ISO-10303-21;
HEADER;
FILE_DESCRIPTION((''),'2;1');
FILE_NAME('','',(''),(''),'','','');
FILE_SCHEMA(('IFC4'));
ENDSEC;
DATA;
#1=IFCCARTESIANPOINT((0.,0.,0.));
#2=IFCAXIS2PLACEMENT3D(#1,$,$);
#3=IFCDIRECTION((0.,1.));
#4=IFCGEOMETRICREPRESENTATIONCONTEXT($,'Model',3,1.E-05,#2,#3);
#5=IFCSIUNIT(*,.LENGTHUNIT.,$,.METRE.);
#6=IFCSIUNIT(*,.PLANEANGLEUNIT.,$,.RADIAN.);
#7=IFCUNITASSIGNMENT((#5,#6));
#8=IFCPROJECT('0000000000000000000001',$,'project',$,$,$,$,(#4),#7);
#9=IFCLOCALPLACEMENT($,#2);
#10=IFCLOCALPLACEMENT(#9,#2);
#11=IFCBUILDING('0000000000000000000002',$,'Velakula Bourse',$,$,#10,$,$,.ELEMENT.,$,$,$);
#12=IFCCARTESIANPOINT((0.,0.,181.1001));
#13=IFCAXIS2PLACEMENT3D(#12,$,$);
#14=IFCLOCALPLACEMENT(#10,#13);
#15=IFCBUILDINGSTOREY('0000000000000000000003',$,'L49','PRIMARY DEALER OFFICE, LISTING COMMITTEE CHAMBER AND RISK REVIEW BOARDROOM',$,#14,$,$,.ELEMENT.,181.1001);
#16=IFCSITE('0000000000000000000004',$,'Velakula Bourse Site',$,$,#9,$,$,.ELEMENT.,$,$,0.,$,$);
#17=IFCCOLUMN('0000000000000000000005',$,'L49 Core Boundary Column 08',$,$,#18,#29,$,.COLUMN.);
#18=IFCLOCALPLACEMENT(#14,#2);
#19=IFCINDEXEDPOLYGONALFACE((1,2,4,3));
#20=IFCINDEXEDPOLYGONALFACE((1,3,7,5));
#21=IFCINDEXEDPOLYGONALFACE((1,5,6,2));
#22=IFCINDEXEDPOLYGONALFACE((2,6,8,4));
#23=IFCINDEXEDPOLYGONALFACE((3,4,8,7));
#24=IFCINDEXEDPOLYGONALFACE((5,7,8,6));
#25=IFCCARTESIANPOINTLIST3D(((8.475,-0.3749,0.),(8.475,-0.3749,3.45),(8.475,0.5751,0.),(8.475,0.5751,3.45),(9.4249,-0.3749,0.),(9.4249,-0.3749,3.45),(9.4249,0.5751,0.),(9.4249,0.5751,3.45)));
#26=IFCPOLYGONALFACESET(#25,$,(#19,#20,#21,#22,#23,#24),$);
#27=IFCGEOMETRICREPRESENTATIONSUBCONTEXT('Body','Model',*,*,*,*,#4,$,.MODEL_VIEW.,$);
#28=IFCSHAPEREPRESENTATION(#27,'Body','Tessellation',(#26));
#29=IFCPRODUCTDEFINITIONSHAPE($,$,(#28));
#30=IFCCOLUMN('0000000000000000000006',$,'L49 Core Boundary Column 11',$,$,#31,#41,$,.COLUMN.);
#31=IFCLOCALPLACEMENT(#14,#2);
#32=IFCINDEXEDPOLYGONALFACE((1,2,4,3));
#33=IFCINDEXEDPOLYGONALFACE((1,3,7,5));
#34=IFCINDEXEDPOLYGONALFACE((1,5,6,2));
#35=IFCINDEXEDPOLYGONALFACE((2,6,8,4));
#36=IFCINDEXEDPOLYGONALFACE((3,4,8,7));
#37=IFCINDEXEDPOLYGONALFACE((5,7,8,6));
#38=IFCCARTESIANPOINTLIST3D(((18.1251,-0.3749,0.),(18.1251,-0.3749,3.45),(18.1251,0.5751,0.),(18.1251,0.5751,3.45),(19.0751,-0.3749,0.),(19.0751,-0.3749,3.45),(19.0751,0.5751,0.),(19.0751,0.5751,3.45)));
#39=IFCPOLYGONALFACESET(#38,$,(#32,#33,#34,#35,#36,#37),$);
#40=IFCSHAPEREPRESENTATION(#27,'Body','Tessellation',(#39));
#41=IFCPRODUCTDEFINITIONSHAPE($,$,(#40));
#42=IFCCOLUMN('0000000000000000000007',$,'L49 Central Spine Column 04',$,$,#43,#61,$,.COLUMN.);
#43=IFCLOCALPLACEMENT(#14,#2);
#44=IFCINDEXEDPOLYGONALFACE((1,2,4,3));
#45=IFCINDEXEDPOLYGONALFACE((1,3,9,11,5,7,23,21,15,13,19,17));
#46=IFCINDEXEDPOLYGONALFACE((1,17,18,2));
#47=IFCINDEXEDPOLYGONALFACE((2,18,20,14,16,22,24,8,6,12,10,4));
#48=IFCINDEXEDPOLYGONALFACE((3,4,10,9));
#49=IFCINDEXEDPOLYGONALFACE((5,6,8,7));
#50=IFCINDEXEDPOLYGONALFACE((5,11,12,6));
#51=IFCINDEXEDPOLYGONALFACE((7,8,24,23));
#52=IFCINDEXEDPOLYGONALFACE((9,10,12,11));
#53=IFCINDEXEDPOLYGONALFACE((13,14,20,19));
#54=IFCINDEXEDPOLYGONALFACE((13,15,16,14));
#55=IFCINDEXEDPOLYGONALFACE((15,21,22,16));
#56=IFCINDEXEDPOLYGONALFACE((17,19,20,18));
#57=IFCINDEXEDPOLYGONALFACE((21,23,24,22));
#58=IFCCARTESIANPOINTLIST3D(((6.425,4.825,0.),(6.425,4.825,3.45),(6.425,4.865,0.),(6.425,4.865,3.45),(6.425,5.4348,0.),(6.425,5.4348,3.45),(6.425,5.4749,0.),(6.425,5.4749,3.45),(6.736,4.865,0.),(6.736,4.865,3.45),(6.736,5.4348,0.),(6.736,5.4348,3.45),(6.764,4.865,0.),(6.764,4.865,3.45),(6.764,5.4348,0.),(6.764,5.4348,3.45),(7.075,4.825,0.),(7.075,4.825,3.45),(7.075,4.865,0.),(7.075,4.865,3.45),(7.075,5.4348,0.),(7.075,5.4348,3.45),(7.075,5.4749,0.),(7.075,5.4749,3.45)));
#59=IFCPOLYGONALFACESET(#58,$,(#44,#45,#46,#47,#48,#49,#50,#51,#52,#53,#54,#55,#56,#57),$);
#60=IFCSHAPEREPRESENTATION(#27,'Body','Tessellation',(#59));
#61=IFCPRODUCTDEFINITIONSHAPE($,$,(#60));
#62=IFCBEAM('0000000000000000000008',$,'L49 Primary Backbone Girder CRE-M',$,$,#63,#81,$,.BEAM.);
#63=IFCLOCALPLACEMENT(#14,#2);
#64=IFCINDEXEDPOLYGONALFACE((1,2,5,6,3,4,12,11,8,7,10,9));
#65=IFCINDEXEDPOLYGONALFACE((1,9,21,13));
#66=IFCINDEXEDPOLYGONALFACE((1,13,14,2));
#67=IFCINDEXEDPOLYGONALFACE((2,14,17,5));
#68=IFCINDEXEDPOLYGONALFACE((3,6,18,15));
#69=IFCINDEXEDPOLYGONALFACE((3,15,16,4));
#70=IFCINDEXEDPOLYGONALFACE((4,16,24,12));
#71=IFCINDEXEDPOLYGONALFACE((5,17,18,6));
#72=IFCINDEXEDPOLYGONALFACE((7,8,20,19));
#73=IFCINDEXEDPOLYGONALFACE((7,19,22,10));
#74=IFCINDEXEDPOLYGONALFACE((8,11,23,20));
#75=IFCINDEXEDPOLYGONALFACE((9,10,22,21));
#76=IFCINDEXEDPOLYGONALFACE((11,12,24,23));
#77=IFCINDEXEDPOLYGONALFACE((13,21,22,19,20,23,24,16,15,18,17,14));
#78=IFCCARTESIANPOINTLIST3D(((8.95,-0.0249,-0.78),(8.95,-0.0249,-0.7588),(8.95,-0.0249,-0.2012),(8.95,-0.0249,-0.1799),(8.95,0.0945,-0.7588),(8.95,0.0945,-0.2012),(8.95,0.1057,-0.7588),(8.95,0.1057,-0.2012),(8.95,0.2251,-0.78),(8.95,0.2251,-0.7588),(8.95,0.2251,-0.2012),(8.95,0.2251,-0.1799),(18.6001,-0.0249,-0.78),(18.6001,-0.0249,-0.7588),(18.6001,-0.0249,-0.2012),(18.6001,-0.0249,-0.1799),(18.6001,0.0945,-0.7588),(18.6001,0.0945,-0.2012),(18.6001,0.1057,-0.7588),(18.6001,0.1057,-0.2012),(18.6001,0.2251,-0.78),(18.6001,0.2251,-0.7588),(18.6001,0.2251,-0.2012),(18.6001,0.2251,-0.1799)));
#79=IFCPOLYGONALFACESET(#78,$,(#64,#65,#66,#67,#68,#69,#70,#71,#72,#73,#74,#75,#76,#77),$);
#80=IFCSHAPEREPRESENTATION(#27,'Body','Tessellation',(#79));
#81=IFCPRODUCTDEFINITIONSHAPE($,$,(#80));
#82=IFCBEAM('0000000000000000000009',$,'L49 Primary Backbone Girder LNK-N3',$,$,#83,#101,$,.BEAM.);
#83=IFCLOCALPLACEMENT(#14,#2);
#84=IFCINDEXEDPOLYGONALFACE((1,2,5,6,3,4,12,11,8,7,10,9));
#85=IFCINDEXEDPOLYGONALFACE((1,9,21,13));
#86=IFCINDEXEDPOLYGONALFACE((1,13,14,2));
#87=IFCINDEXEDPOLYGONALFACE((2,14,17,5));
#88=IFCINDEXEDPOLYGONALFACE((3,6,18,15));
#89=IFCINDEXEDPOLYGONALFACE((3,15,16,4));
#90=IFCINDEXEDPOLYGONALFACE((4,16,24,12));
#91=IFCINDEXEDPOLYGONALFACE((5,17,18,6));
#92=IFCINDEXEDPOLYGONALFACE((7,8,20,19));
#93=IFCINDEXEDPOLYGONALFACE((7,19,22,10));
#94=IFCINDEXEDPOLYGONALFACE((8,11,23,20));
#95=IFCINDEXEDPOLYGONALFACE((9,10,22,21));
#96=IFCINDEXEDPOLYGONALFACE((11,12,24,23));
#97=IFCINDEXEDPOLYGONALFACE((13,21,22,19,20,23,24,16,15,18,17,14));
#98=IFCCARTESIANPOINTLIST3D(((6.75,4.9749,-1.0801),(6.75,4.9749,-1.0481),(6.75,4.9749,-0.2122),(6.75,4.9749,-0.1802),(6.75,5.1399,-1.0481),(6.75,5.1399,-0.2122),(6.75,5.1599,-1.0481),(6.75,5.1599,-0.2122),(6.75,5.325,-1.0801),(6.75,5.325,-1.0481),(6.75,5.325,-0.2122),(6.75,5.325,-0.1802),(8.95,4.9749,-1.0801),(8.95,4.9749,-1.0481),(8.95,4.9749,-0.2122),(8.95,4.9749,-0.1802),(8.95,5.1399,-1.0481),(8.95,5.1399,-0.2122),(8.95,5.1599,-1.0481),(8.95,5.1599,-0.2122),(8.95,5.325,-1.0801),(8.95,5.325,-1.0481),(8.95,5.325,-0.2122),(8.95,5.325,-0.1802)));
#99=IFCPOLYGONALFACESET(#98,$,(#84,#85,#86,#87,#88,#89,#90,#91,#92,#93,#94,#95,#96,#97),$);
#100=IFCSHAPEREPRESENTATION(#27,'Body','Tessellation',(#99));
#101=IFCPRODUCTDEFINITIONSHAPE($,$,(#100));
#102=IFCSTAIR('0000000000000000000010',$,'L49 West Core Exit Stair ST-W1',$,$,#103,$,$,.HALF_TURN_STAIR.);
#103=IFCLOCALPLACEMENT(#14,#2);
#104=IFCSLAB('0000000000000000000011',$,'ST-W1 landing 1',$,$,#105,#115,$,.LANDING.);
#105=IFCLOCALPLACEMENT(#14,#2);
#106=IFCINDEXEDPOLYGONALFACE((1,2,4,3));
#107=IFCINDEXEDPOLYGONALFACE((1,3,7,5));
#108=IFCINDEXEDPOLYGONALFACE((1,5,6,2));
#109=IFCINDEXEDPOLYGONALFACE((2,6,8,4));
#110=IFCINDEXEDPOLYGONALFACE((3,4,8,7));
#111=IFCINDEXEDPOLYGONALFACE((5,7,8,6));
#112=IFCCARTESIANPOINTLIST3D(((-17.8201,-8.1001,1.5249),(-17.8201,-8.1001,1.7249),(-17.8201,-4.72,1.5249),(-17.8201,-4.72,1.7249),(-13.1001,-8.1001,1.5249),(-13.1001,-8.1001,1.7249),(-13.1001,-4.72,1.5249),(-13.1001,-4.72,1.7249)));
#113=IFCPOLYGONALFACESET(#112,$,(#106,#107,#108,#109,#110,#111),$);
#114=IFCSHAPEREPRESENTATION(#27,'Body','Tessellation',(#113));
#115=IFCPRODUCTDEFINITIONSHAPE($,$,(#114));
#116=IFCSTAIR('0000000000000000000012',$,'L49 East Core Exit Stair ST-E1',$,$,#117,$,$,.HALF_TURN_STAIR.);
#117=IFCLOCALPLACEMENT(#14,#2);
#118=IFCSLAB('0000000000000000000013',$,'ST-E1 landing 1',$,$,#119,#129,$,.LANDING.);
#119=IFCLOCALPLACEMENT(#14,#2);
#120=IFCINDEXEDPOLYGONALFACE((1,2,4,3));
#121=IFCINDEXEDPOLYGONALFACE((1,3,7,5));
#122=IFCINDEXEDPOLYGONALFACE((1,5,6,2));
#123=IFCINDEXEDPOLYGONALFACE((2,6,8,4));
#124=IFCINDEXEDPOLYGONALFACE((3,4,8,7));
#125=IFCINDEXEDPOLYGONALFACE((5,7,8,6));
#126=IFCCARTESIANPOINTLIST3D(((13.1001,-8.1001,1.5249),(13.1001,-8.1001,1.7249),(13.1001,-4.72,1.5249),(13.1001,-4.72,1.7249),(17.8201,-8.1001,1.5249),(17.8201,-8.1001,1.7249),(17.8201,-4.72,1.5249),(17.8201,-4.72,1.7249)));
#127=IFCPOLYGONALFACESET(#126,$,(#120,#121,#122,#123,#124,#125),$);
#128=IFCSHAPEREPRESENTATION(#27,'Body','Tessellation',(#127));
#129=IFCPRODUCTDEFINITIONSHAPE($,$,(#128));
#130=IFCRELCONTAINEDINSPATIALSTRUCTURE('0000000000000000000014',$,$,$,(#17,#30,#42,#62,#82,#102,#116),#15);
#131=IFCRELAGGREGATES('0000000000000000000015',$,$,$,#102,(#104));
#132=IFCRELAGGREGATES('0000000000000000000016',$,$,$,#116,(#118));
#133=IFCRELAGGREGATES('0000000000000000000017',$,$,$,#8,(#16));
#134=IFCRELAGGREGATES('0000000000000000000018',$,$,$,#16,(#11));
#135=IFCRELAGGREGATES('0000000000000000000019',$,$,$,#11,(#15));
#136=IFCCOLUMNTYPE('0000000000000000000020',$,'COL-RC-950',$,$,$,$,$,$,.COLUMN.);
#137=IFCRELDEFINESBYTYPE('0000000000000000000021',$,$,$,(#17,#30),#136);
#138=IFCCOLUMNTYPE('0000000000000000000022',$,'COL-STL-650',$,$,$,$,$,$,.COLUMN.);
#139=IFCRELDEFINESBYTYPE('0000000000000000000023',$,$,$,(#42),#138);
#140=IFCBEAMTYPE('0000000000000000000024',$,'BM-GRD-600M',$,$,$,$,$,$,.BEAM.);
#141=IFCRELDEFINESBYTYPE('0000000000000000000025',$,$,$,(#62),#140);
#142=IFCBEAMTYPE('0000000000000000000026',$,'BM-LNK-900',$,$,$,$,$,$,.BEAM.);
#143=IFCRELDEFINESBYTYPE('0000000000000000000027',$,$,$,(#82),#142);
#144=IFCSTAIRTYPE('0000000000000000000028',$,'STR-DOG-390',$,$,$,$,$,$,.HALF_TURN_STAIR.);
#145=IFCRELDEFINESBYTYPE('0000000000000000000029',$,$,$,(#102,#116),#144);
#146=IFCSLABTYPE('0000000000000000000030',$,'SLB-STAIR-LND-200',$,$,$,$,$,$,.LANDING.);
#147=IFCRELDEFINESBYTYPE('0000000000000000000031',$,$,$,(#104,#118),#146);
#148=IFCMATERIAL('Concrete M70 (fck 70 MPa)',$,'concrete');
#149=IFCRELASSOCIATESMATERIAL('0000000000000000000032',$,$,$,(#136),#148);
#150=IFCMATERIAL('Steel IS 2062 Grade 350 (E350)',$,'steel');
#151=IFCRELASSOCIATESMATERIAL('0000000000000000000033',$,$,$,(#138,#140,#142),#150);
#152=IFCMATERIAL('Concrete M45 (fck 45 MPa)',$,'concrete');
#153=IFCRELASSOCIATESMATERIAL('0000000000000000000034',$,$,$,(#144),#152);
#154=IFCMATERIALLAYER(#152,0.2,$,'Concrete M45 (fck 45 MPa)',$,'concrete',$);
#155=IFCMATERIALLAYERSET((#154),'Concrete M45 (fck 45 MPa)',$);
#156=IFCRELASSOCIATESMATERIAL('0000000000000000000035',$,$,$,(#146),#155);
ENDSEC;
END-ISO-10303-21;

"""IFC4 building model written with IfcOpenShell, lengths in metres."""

from ifc_helpers import new_model, si_unit, direction, frame, origin, origin_2d, place, context, subcontext, project, spatial, polyline, rectangle, i_section, outline, extrude, material, layer, layer_set, material_profile, profile_set, type_object, element, aggregate, save


model = new_model("IFC4")

# Units and contexts
model_context = context("Model", 3, precision=1e-05, world=origin(), true_north=direction((0.0, 1.0)))
body_context = subcontext(model_context, "Body", "Model", "MODEL_VIEW")
ifc_project = project(units=[si_unit("LENGTHUNIT", "METRE"), si_unit("PLANEANGLEUNIT", "RADIAN")], contexts=[model_context])

# Site, building, storey
site_placement = place(None, origin())
site = spatial("IfcSite", under=ifc_project, at=site_placement, Name="Velakula Bourse Site", CompositionType="ELEMENT", RefElevation=0.0)
building_placement = place(site_placement, origin())
building = spatial("IfcBuilding", under=site, at=building_placement, Name="Velakula Bourse", CompositionType="ELEMENT")
storey_placement = place(building_placement, frame((0.0, 0.0, 181.1001)))
storey = spatial("IfcBuildingStorey", under=building, at=storey_placement, Name="L49", Description="PRIMARY DEALER OFFICE, LISTING COMMITTEE CHAMBER AND RISK REVIEW BOARDROOM", CompositionType="ELEMENT", Elevation=181.1001)

# Columns
ifc_material_1 = material(Name="Concrete M70 (fck 70 MPa)", Category="concrete")
ifc_material_profile_1 = material_profile(ifc_material_1, rectangle(XDim=0.95, YDim=0.95, at=origin_2d()), Name="Concrete M70 (fck 70 MPa)")
ifc_profile_set_1 = profile_set([ifc_material_profile_1], Name="Concrete M70 (fck 70 MPa)")
column_type_1 = type_object("IfcColumnType", Name="COL-RC-950", PredefinedType="COLUMN", material=ifc_profile_set_1)
for number, where, z_axis, x_axis, name in (
    (1, (8.95, 0.1001, 0.0), (0.0, 0.0, 1.0), (1.0, 0.0, 0.0), "L49 Core Boundary Column 08"),
    (2, (18.6001, 0.1001, 0.0), (0.0, 0.0, 1.0), (1.0, 0.0, 0.0), "L49 Core Boundary Column 11"),
):
    element("IfcColumn", number, at=place(storey_placement, frame(where, z_axis=z_axis, x_axis=x_axis)), inside=storey, type_object=column_type_1, Name=name, PredefinedType="COLUMN", context=body_context, shape_type="SweptSolid", body=[
        extrude(rectangle(XDim=0.95, YDim=0.95, at=origin_2d()), origin(), (0.0, 0.0, 1.0), 3.45),
    ])
ifc_material_2 = material(Name="Steel IS 2062 Grade 350 (E350)", Category="steel")
ifc_material_profile_2 = material_profile(ifc_material_2, i_section(OverallWidth=0.6499, OverallDepth=0.6499, WebThickness=0.0281, FlangeThickness=0.04, at=origin_2d()), Name="Steel IS 2062 Grade 350 (E350)")
ifc_profile_set_2 = profile_set([ifc_material_profile_2], Name="Steel IS 2062 Grade 350 (E350)")
column_type_2 = type_object("IfcColumnType", Name="COL-STL-650", PredefinedType="COLUMN", material=ifc_profile_set_2)
column_placement = place(storey_placement, frame((6.75, 5.1499, 0.0), z_axis=(0.0, 0.0, 1.0), x_axis=(1.0, 0.0, 0.0)))
element("IfcColumn", 3, at=column_placement, inside=storey, type_object=column_type_2, Name="L49 Central Spine Column 04", PredefinedType="COLUMN", context=body_context, shape_type="SweptSolid", body=[
    extrude(i_section(OverallWidth=0.6499, OverallDepth=0.6499, WebThickness=0.0281, FlangeThickness=0.04, at=origin_2d()), origin(), (0.0, 0.0, 1.0), 3.45),
])

# Beams
ifc_material_profile_3 = material_profile(ifc_material_2, i_section(OverallWidth=0.25, OverallDepth=0.6001, WebThickness=0.0112, FlangeThickness=0.0212, at=origin_2d()), Name="Steel IS 2062 Grade 350 (E350)")
ifc_profile_set_3 = profile_set([ifc_material_profile_3], Name="Steel IS 2062 Grade 350 (E350)")
beam_type_1 = type_object("IfcBeamType", Name="BM-GRD-600M", PredefinedType="BEAM", material=ifc_profile_set_3)
beam_1_placement = place(storey_placement, frame((8.95, 0.1001, -0.48), z_axis=(1.0, 0.0, 0.0), x_axis=(0.0, 1.0, 0.0)))
element("IfcBeam", 4, at=beam_1_placement, inside=storey, type_object=beam_type_1, Name="L49 Primary Backbone Girder CRE-M", PredefinedType="BEAM", context=body_context, shape_type="SweptSolid", body=[
    extrude(i_section(OverallWidth=0.25, OverallDepth=0.6001, WebThickness=0.0112, FlangeThickness=0.0212, at=origin_2d()), origin(), (0.0, 0.0, 1.0), 9.6501),
])
ifc_material_profile_4 = material_profile(ifc_material_2, i_section(OverallWidth=0.3501, OverallDepth=0.8999, WebThickness=0.02, FlangeThickness=0.032, at=origin_2d()), Name="Steel IS 2062 Grade 350 (E350)")
ifc_profile_set_4 = profile_set([ifc_material_profile_4], Name="Steel IS 2062 Grade 350 (E350)")
beam_type_2 = type_object("IfcBeamType", Name="BM-LNK-900", PredefinedType="BEAM", material=ifc_profile_set_4)
beam_2_placement = place(storey_placement, frame((6.75, 5.1499, -0.6301), z_axis=(1.0, 0.0, 0.0), x_axis=(0.0, 1.0, 0.0)))
element("IfcBeam", 5, at=beam_2_placement, inside=storey, type_object=beam_type_2, Name="L49 Primary Backbone Girder LNK-N3", PredefinedType="BEAM", context=body_context, shape_type="SweptSolid", body=[
    extrude(i_section(OverallWidth=0.3501, OverallDepth=0.8999, WebThickness=0.02, FlangeThickness=0.032, at=origin_2d()), origin(), (0.0, 0.0, 1.0), 2.2),
])

# Stairs, slabs
ifc_material_3 = material(Name="Concrete M45 (fck 45 MPa)", Category="concrete")
stair_type = type_object("IfcStairType", Name="STR-DOG-390", PredefinedType="HALF_TURN_STAIR", material=ifc_material_3)
stair_1_placement = place(storey_placement, origin())
stair_1 = element("IfcStair", 6, at=stair_1_placement, inside=storey, type_object=stair_type, Name="L49 West Core Exit Stair ST-W1", PredefinedType="HALF_TURN_STAIR")
ifc_layer_1 = layer(ifc_material_3, 0.2, Name="Concrete M45 (fck 45 MPa)", Category="concrete")
ifc_layer_set_1 = layer_set([ifc_layer_1], Name="Concrete M45 (fck 45 MPa)")
slab_type_1 = type_object("IfcSlabType", Name="SLB-STAIR-LND-200", PredefinedType="LANDING", material=ifc_layer_set_1)
slab_1_placement = place(storey_placement, frame((0.0, 0.0, 1.5249)))
slab_1 = element("IfcSlab", 7, at=slab_1_placement, type_object=slab_type_1, Name="ST-W1 landing 1", PredefinedType="LANDING", context=body_context, shape_type="SweptSolid", body=[
    extrude(outline(polyline([(-17.8201, -4.72), (-17.8201, -8.1001), (-13.1001, -8.1001), (-13.1001, -4.72), (-17.8201, -4.72)])), origin(), (0.0, 0.0, 1.0), 0.2),
])
aggregate(stair_1, [slab_1])
stair_2_placement = place(storey_placement, origin())
stair_2 = element("IfcStair", 8, at=stair_2_placement, inside=storey, type_object=stair_type, Name="L49 East Core Exit Stair ST-E1", PredefinedType="HALF_TURN_STAIR")
slab_2_placement = place(storey_placement, frame((0.0, 0.0, 1.5249)))
slab_2 = element("IfcSlab", 9, at=slab_2_placement, type_object=slab_type_1, Name="ST-E1 landing 1", PredefinedType="LANDING", context=body_context, shape_type="SweptSolid", body=[
    extrude(outline(polyline([(13.1001, -4.72), (13.1001, -8.1001), (17.8201, -8.1001), (17.8201, -4.72), (13.1001, -4.72)])), origin(), (0.0, 0.0, 1.0), 0.2),
])
aggregate(stair_2, [slab_2])

save(model, "model.ifc")
